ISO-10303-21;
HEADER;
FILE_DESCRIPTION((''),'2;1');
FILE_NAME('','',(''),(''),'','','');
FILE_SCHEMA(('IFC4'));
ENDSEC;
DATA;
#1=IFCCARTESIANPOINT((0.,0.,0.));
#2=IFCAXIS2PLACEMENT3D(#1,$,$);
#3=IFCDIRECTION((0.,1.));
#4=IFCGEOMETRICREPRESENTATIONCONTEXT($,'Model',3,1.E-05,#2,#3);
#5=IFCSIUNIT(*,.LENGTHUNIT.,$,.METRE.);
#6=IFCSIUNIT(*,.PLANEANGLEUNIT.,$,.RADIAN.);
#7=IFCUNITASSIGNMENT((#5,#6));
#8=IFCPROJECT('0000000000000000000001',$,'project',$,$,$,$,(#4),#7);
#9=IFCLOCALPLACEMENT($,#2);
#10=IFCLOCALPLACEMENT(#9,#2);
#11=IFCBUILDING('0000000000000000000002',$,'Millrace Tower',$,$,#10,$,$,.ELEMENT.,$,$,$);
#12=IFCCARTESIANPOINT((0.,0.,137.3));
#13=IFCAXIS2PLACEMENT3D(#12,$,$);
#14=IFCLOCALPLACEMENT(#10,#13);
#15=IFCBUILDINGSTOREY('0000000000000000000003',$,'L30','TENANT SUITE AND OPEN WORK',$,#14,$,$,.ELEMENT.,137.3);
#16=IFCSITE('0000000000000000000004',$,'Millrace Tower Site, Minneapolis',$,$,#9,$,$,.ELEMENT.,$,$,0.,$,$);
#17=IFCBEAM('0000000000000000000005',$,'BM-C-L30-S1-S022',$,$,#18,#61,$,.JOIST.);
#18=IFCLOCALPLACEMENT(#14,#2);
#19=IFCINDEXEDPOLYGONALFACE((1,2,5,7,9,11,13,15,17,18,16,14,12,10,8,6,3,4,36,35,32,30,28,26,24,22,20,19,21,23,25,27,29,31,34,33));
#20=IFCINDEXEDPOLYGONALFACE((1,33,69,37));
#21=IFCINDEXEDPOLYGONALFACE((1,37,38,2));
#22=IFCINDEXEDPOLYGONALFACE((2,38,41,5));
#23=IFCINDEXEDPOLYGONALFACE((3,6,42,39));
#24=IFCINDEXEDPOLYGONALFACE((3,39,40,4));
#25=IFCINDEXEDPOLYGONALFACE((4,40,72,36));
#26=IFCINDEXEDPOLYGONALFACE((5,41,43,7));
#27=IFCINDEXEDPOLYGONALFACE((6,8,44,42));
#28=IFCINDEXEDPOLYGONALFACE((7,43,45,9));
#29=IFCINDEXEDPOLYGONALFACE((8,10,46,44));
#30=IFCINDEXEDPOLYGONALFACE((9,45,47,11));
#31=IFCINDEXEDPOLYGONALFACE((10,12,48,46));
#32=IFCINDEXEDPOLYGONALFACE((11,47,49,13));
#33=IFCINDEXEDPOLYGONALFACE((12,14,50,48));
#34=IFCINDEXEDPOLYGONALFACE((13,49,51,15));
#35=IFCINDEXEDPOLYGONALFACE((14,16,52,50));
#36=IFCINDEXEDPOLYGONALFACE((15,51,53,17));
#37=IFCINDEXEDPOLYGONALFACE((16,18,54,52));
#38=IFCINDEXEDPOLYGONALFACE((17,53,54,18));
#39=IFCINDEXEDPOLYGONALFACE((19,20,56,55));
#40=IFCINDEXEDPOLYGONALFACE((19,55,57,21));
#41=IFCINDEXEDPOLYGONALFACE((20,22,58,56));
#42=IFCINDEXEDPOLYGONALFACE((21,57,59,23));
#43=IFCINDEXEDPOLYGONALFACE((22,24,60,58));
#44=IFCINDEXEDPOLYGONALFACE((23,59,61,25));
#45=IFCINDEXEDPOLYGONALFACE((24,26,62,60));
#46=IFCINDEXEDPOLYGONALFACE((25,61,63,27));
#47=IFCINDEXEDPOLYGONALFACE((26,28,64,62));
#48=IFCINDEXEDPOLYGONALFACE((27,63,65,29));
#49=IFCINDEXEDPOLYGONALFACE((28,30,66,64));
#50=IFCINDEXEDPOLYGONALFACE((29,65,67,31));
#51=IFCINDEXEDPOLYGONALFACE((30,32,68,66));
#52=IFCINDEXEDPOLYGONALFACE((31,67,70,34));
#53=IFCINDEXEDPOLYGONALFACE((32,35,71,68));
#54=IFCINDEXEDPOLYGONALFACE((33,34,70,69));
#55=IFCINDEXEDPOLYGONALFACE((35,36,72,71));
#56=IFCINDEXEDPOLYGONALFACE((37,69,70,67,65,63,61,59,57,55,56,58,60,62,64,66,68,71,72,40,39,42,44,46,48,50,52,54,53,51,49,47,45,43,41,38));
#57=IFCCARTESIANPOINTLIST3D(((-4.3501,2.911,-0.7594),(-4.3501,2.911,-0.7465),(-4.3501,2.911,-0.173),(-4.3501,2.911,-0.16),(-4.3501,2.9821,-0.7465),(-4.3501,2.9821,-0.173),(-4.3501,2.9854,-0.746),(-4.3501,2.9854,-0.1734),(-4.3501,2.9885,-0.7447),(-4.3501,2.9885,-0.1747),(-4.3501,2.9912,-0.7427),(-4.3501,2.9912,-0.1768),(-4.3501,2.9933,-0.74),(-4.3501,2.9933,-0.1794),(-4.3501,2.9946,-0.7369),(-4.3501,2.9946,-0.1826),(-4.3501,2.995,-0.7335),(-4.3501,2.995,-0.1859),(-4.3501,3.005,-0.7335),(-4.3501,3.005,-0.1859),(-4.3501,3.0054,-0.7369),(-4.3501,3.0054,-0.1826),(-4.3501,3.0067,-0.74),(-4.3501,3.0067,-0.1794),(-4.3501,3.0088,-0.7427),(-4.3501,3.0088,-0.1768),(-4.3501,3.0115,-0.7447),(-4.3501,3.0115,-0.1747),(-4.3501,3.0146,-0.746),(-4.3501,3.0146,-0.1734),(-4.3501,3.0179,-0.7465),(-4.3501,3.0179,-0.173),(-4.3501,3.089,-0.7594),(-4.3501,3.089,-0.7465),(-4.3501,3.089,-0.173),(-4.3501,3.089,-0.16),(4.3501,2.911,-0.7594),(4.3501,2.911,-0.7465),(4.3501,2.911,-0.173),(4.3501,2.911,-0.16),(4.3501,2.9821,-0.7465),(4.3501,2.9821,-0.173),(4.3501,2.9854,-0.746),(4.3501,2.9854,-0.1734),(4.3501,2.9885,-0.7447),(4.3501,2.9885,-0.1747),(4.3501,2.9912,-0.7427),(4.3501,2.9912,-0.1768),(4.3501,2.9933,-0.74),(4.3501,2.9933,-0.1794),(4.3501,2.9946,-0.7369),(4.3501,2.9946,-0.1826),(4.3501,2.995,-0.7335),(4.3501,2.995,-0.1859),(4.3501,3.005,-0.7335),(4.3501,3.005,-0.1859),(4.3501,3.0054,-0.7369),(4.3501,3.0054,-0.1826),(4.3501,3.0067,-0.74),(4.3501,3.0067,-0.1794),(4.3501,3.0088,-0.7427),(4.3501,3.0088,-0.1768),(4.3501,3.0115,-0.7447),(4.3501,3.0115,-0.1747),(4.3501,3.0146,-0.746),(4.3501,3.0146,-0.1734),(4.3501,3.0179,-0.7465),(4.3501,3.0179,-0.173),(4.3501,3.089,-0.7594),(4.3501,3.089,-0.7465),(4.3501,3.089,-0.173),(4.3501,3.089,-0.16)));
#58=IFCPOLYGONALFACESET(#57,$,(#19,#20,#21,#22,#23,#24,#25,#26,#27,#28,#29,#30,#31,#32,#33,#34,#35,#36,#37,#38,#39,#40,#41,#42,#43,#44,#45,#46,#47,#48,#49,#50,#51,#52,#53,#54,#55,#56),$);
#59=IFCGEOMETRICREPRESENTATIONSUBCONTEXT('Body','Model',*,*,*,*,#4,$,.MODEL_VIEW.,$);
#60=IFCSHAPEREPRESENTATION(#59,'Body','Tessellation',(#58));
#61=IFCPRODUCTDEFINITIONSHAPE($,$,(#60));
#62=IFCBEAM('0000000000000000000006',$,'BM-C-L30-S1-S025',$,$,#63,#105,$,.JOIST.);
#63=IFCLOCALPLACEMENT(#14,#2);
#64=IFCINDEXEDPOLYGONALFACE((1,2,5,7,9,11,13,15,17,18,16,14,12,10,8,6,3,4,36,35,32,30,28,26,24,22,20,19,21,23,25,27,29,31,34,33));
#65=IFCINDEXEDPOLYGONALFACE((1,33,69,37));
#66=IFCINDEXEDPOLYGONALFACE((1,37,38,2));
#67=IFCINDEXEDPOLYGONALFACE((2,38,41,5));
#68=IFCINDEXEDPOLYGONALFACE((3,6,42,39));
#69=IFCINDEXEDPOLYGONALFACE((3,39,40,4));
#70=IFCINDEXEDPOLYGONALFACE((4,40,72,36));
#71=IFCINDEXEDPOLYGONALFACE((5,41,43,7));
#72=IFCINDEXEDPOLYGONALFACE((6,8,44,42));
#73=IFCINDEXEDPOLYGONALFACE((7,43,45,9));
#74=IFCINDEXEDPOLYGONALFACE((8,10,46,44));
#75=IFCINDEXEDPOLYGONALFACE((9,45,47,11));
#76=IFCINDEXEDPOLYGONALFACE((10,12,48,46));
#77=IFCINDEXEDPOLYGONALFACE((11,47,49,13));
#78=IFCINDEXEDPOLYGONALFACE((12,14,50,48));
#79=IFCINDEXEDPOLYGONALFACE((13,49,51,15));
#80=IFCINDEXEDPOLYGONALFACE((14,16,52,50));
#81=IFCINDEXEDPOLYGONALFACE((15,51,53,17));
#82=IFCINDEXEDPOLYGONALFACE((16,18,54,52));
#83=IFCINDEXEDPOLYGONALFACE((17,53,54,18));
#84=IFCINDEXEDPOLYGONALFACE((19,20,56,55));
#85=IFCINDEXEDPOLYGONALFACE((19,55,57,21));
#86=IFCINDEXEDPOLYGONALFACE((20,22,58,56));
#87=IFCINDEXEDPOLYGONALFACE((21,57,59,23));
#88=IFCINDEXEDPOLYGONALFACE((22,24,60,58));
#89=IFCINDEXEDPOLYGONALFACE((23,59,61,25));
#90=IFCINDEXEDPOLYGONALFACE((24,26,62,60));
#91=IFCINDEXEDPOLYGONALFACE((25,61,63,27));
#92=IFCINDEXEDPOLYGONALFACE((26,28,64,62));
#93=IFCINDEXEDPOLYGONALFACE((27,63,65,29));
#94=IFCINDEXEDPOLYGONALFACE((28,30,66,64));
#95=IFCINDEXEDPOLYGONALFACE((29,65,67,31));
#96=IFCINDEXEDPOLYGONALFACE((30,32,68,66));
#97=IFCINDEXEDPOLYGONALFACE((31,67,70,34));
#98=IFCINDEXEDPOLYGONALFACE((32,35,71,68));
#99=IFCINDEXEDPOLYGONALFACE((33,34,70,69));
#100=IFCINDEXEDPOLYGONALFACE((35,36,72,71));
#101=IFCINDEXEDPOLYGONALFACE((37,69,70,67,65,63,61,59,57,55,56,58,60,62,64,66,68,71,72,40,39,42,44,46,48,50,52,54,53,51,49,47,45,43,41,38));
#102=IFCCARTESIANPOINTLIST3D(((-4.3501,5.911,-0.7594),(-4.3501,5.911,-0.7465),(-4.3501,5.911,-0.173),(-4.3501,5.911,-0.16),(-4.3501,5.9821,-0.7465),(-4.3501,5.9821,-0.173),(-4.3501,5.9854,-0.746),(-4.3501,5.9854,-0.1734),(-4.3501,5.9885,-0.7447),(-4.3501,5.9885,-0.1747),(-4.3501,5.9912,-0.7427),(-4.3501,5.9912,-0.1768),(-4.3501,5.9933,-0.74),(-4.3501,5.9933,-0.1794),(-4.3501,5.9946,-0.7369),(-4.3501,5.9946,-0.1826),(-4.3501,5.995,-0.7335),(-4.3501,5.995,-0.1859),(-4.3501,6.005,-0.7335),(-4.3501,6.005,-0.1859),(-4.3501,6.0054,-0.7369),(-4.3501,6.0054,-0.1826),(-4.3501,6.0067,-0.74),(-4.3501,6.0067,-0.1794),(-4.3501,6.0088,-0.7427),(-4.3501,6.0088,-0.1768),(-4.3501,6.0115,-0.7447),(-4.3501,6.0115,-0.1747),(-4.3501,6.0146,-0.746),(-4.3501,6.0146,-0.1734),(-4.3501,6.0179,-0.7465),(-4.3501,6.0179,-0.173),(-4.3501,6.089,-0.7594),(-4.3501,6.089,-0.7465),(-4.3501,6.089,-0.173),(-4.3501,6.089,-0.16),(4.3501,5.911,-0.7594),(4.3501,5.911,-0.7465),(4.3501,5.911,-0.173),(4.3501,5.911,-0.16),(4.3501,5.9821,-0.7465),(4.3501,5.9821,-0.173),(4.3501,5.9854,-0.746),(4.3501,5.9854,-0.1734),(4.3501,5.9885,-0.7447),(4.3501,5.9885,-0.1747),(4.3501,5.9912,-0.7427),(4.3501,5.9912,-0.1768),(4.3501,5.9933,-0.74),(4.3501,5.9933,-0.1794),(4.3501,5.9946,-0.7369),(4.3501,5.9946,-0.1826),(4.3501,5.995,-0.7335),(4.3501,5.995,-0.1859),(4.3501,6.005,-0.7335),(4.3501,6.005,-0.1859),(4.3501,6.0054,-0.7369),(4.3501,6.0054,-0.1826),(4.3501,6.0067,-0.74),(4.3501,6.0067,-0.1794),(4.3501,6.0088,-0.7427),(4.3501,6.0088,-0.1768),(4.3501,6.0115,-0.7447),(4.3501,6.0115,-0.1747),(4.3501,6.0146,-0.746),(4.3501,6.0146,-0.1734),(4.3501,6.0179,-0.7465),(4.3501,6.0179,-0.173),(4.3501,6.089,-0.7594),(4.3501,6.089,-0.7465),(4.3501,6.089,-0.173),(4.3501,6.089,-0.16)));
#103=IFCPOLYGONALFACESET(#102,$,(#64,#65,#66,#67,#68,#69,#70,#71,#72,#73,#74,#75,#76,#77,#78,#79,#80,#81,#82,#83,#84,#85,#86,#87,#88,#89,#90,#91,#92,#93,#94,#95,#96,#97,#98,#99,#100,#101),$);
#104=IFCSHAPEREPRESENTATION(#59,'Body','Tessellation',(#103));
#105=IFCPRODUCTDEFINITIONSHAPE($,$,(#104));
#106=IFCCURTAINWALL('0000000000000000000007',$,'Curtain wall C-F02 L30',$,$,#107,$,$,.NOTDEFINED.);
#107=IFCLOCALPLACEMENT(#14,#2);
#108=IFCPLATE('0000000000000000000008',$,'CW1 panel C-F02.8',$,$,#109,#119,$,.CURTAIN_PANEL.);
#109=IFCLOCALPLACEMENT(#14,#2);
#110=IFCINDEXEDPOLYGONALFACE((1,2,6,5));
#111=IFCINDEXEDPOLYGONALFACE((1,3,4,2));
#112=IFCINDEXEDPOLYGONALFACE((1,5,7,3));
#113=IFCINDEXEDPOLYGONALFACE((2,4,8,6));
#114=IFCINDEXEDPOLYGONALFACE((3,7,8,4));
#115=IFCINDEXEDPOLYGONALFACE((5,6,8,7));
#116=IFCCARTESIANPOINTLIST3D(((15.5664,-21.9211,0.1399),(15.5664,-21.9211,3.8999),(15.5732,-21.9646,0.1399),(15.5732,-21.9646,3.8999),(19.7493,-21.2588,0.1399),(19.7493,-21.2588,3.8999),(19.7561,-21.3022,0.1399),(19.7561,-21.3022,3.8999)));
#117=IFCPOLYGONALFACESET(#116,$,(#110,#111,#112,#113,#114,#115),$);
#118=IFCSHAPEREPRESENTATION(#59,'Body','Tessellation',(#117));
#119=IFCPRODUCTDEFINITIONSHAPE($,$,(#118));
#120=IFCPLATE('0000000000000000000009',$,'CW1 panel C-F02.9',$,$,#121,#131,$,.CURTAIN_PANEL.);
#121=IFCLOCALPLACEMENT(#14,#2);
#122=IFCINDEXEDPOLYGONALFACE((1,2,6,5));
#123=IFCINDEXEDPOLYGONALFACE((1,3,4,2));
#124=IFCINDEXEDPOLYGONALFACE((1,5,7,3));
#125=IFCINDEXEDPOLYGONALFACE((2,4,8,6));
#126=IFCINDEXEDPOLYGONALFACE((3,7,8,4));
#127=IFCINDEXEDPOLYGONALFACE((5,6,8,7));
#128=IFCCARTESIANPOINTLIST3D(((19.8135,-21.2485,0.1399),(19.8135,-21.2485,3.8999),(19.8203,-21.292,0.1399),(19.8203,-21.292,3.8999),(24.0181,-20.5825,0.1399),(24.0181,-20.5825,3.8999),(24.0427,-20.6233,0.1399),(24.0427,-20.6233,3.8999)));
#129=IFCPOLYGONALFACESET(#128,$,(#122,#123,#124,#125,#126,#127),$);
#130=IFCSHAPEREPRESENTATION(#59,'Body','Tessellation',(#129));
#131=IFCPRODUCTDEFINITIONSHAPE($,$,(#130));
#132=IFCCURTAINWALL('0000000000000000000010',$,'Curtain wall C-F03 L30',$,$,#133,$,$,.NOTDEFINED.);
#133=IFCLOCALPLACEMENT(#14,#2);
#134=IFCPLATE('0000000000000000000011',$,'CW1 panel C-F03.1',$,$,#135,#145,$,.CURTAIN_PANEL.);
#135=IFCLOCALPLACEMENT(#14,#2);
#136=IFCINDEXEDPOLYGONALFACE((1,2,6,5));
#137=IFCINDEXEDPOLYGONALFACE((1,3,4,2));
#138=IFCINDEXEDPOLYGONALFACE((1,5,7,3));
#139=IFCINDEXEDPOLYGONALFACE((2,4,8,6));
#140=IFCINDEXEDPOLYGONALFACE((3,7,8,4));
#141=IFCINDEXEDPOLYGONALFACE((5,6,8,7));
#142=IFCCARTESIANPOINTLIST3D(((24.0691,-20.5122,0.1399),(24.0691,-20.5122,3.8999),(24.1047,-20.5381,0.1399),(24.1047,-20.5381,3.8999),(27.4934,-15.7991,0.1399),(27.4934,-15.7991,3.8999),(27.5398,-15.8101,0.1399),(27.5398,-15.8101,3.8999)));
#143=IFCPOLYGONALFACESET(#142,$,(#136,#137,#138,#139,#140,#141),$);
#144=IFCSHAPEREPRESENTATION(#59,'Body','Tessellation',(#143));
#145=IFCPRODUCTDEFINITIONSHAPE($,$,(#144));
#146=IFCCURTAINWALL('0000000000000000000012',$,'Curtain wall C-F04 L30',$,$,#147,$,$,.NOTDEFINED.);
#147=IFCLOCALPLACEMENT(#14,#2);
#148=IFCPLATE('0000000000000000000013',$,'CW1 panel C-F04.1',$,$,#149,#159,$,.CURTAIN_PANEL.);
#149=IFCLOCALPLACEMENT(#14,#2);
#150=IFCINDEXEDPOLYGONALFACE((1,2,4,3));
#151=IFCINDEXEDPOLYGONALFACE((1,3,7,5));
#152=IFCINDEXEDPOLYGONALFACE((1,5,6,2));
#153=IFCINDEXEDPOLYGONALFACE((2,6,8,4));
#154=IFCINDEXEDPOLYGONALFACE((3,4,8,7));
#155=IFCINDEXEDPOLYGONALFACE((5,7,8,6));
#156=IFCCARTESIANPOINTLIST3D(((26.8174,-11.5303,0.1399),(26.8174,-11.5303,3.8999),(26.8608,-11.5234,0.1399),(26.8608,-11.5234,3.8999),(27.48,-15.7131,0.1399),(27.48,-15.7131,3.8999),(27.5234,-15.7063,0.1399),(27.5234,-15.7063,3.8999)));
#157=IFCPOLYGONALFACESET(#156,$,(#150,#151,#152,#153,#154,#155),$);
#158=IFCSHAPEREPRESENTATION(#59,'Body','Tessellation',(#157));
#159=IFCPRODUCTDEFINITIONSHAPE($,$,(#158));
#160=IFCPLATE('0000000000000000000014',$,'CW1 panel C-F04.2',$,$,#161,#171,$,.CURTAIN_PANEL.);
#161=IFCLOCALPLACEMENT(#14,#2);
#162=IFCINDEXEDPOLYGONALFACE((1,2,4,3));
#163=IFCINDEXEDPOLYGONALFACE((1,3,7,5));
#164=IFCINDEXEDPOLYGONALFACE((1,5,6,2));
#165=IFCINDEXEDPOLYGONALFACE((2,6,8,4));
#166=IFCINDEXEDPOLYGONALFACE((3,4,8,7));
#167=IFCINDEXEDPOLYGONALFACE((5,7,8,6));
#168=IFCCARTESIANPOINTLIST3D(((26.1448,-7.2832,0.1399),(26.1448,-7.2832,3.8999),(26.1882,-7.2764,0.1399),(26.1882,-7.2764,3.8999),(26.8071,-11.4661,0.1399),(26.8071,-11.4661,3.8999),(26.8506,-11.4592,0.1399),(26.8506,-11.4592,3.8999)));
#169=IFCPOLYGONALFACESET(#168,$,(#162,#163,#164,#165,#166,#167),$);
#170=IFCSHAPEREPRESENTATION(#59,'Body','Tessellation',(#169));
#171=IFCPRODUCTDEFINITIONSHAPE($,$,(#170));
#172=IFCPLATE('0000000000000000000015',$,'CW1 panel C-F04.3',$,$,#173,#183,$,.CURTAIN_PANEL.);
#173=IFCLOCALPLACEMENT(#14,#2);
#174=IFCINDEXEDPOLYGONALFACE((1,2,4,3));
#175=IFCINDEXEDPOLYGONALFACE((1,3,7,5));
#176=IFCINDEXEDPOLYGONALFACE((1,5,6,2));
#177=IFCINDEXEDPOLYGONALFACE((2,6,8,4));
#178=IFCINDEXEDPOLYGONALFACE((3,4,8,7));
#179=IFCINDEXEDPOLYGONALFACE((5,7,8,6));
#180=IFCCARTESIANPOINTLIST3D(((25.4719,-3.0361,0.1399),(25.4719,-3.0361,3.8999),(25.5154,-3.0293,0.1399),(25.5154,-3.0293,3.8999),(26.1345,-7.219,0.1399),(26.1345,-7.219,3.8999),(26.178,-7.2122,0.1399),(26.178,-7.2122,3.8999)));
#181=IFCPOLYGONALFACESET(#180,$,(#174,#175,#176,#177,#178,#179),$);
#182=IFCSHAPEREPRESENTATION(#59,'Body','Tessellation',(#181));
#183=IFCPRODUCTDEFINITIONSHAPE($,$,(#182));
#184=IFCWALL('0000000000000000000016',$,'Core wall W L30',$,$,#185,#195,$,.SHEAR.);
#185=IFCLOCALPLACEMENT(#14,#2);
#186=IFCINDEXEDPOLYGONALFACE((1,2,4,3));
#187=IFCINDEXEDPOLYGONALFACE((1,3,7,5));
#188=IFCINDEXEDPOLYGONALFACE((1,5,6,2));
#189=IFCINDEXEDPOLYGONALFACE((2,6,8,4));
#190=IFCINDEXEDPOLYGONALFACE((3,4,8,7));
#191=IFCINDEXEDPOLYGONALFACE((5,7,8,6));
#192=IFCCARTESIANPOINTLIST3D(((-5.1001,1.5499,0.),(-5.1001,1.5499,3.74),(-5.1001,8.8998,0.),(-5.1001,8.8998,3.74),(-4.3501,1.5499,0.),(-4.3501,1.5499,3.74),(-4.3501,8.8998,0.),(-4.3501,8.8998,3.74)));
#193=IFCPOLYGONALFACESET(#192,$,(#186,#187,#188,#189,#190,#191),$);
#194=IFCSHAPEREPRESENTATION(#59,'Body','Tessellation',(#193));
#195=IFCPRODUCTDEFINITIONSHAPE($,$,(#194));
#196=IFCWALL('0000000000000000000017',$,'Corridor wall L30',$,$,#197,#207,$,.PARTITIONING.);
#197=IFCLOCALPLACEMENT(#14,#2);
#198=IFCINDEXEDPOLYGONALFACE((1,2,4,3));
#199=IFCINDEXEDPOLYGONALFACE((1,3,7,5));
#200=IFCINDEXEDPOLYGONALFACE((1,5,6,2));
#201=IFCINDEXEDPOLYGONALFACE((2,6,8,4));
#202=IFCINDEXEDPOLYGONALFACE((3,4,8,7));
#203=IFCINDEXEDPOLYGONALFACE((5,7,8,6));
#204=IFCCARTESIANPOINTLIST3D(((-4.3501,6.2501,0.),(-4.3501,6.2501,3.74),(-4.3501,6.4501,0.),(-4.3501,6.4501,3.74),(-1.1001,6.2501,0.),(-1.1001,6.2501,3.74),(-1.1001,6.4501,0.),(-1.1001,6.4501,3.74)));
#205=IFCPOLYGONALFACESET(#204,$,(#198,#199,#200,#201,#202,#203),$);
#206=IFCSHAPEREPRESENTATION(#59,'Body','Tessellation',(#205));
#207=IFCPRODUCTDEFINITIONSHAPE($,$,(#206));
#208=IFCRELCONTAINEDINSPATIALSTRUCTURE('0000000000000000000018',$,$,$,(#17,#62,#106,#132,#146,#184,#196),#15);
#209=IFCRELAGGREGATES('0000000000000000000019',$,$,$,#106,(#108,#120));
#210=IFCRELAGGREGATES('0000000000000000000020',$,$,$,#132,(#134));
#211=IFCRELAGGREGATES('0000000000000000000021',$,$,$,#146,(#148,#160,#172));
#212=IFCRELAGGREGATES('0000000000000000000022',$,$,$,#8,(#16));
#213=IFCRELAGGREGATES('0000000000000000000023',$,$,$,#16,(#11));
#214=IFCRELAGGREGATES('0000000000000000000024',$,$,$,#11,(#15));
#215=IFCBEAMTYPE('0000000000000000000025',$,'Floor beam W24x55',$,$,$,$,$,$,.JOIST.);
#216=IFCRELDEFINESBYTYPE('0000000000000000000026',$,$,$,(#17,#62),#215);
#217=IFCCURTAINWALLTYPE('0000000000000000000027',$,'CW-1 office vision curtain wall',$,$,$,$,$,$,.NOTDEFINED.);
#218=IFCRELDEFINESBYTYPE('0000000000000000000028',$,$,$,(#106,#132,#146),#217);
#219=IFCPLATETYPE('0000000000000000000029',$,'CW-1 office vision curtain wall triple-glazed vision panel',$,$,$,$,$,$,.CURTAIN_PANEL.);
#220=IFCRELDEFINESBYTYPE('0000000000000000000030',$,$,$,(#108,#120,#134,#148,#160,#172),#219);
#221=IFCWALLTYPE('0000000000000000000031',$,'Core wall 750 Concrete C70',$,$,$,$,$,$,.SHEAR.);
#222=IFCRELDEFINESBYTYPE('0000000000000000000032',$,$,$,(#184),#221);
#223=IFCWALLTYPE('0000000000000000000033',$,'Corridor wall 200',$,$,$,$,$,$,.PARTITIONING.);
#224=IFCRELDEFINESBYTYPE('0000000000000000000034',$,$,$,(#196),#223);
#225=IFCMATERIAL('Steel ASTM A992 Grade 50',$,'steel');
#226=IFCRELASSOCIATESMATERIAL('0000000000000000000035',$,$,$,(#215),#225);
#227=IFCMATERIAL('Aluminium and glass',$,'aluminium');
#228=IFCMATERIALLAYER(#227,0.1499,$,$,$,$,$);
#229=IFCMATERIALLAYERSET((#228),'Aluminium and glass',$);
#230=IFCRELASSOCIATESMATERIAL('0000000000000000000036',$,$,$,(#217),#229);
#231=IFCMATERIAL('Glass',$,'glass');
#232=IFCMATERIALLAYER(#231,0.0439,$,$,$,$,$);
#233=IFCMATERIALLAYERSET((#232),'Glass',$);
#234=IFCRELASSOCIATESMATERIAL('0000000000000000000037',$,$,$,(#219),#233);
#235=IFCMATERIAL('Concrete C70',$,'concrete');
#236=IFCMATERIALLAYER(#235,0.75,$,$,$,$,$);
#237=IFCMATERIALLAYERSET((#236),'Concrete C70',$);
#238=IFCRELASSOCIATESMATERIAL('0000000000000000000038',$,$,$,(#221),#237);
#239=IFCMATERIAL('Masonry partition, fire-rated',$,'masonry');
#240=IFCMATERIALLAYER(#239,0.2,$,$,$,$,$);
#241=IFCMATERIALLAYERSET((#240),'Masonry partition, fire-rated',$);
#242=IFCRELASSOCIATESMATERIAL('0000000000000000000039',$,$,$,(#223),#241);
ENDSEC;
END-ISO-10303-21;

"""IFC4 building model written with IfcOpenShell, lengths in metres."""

from ifc_helpers import new_model, si_unit, direction, frame, frame_2d, origin, origin_2d, place, context, subcontext, project, spatial, polyline, rectangle, i_section, outline, extrude, material, layer, layer_set, material_profile, profile_set, type_object, element, aggregate, save


model = new_model("IFC4")

# Units and contexts
model_context = context("Model", 3, precision=1e-05, world=origin(), true_north=direction((0.0, 1.0)))
body_context = subcontext(model_context, "Body", "Model", "MODEL_VIEW")
ifc_project = project(units=[si_unit("LENGTHUNIT", "METRE"), si_unit("PLANEANGLEUNIT", "RADIAN")], contexts=[model_context])

# Site, building, storey
site_placement = place(None, origin())
site = spatial("IfcSite", under=ifc_project, at=site_placement, Name="Millrace Tower Site, Minneapolis", CompositionType="ELEMENT", RefElevation=0.0)
building_placement = place(site_placement, origin())
building = spatial("IfcBuilding", under=site, at=building_placement, Name="Millrace Tower", CompositionType="ELEMENT")
storey_placement = place(building_placement, frame((0.0, 0.0, 137.3)))
storey = spatial("IfcBuildingStorey", under=building, at=storey_placement, Name="L30", Description="TENANT SUITE AND OPEN WORK", CompositionType="ELEMENT", Elevation=137.3)

# Beams
ifc_material_1 = material(Name="Steel ASTM A992 Grade 50", Category="steel")
ifc_material_profile = material_profile(ifc_material_1, i_section(OverallWidth=0.178, OverallDepth=0.5994, WebThickness=0.01, FlangeThickness=0.0129, FilletRadius=0.0129, at=origin_2d()))
ifc_profile_set = profile_set([ifc_material_profile], Name="Steel ASTM A992 Grade 50")
beam_type = type_object("IfcBeamType", Name="Floor beam W24x55", PredefinedType="JOIST", material=ifc_profile_set)
for number, where, z_axis, x_axis, name in (
    (1, (-4.3501, 3.0, -0.4597), (1.0, 0.0, 0.0), (0.0, 1.0, 0.0), "BM-C-L30-S1-S022"),
    (2, (-4.3501, 6.0, -0.4597), (1.0, 0.0, 0.0), (0.0, 1.0, 0.0), "BM-C-L30-S1-S025"),
):
    element("IfcBeam", number, at=place(storey_placement, frame(where, z_axis=z_axis, x_axis=x_axis)), inside=storey, type_object=beam_type, Name=name, PredefinedType="JOIST", context=body_context, shape_type="SweptSolid", body=[
        extrude(i_section(OverallWidth=0.178, OverallDepth=0.5994, WebThickness=0.01, FlangeThickness=0.0129, FilletRadius=0.0129, at=origin_2d()), origin(), (0.0, 0.0, 1.0), 8.7002),
    ])

# Curtain wall, plates
ifc_material_2 = material(Name="Aluminium and glass", Category="aluminium")
ifc_layer_1 = layer(ifc_material_2, 0.1499)
ifc_layer_set_1 = layer_set([ifc_layer_1], Name="Aluminium and glass")
curtain_wall_type = type_object("IfcCurtainWallType", Name="CW-1 office vision curtain wall", PredefinedType="NOTDEFINED", material=ifc_layer_set_1)
placement_1 = place(storey_placement, origin())
curtain_wall_1 = element("IfcCurtainWall", 3, at=placement_1, inside=storey, type_object=curtain_wall_type, Name="Curtain wall C-F02 L30", PredefinedType="NOTDEFINED")
ifc_material_3 = material(Name="Glass", Category="glass")
ifc_layer_2 = layer(ifc_material_3, 0.0439)
ifc_layer_set_2 = layer_set([ifc_layer_2], Name="Glass")
plate_type = type_object("IfcPlateType", Name="CW-1 office vision curtain wall triple-glazed vision panel", PredefinedType="CURTAIN_PANEL", material=ifc_layer_set_2)
placement_2 = place(storey_placement, frame((0.0, 0.0, 0.1399)))
plate_1 = element("IfcPlate", 4, at=placement_2, type_object=plate_type, Name="CW1 panel C-F02.8", PredefinedType="CURTAIN_PANEL", context=body_context, shape_type="SweptSolid", body=[
    extrude(outline(polyline([(15.5732, -21.9646), (19.7561, -21.3022), (19.7493, -21.2588), (15.5664, -21.9211), (15.5732, -21.9646)])), origin(), (0.0, 0.0, 1.0), 3.76),
])
plate_2 = element("IfcPlate", 5, at=placement_2, type_object=plate_type, Name="CW1 panel C-F02.9", PredefinedType="CURTAIN_PANEL", context=body_context, shape_type="SweptSolid", body=[
    extrude(outline(polyline([(19.8203, -21.292), (24.0427, -20.6233), (24.0181, -20.5825), (19.8135, -21.2485), (19.8203, -21.292)])), origin(), (0.0, 0.0, 1.0), 3.76),
])
aggregate(curtain_wall_1, [plate_1, plate_2])

# Curtain wall, plate
curtain_wall_2 = element("IfcCurtainWall", 6, at=placement_1, inside=storey, type_object=curtain_wall_type, Name="Curtain wall C-F03 L30", PredefinedType="NOTDEFINED")
plate_3 = element("IfcPlate", 7, at=placement_2, type_object=plate_type, Name="CW1 panel C-F03.1", PredefinedType="CURTAIN_PANEL", context=body_context, shape_type="SweptSolid", body=[
    extrude(outline(polyline([(24.1047, -20.5381), (27.5398, -15.8101), (27.4934, -15.7991), (24.0691, -20.5122), (24.1047, -20.5381)])), origin(), (0.0, 0.0, 1.0), 3.76),
])
aggregate(curtain_wall_2, [plate_3])

# Curtain wall, plates
curtain_wall_3 = element("IfcCurtainWall", 8, at=placement_1, inside=storey, type_object=curtain_wall_type, Name="Curtain wall C-F04 L30", PredefinedType="NOTDEFINED")
plate_4 = element("IfcPlate", 9, at=placement_2, type_object=plate_type, Name="CW1 panel C-F04.1", PredefinedType="CURTAIN_PANEL", context=body_context, shape_type="SweptSolid", body=[
    extrude(outline(polyline([(27.5234, -15.7063), (26.8608, -11.5234), (26.8174, -11.5303), (27.48, -15.7131), (27.5234, -15.7063)])), origin(), (0.0, 0.0, 1.0), 3.76),
])
plate_5 = element("IfcPlate", 10, at=placement_2, type_object=plate_type, Name="CW1 panel C-F04.2", PredefinedType="CURTAIN_PANEL", context=body_context, shape_type="SweptSolid", body=[
    extrude(outline(polyline([(26.8506, -11.4592), (26.1882, -7.2764), (26.1448, -7.2832), (26.8071, -11.4661), (26.8506, -11.4592)])), origin(), (0.0, 0.0, 1.0), 3.76),
])
plate_6 = element("IfcPlate", 11, at=placement_2, type_object=plate_type, Name="CW1 panel C-F04.3", PredefinedType="CURTAIN_PANEL", context=body_context, shape_type="SweptSolid", body=[
    extrude(outline(polyline([(26.178, -7.2122), (25.5154, -3.0293), (25.4719, -3.0361), (26.1345, -7.219), (26.178, -7.2122)])), origin(), (0.0, 0.0, 1.0), 3.76),
])
aggregate(curtain_wall_3, [plate_4, plate_5, plate_6])

# Walls
ifc_material_4 = material(Name="Concrete C70", Category="concrete")
ifc_layer_3 = layer(ifc_material_4, 0.75)
ifc_layer_set_3 = layer_set([ifc_layer_3], Name="Concrete C70")
wall_type_1 = type_object("IfcWallType", Name="Core wall 750 Concrete C70", PredefinedType="SHEAR", material=ifc_layer_set_3)
wall_1_placement = place(storey_placement, frame((-4.7251, 1.55, 0.0), z_axis=(0.0, 0.0, 1.0), x_axis=(0.0, 1.0, 0.0)))
element("IfcWall", 12, at=wall_1_placement, inside=storey, type_object=wall_type_1, Name="Core wall W L30", PredefinedType="SHEAR", context=body_context, shape_type="SweptSolid", body=[
    extrude(rectangle(XDim=7.3499, YDim=0.75, at=frame_2d((3.6748, 0.0))), origin(), (0.0, 0.0, 1.0), 3.74),
])
ifc_material_5 = material(Name="Masonry partition, fire-rated", Category="masonry")
ifc_layer_4 = layer(ifc_material_5, 0.2)
ifc_layer_set_4 = layer_set([ifc_layer_4], Name="Masonry partition, fire-rated")
wall_type_2 = type_object("IfcWallType", Name="Corridor wall 200", PredefinedType="PARTITIONING", material=ifc_layer_set_4)
wall_2_placement = place(storey_placement, frame((-4.3501, 6.3501, 0.0), z_axis=(0.0, 0.0, 1.0), x_axis=(1.0, 0.0, 0.0)))
element("IfcWall", 13, at=wall_2_placement, inside=storey, type_object=wall_type_2, Name="Corridor wall L30", PredefinedType="PARTITIONING", context=body_context, shape_type="SweptSolid", body=[
    extrude(rectangle(XDim=3.25, YDim=0.2, at=frame_2d((1.625, 0.0))), origin(), (0.0, 0.0, 1.0), 3.74),
])

save(model, "model.ifc")
